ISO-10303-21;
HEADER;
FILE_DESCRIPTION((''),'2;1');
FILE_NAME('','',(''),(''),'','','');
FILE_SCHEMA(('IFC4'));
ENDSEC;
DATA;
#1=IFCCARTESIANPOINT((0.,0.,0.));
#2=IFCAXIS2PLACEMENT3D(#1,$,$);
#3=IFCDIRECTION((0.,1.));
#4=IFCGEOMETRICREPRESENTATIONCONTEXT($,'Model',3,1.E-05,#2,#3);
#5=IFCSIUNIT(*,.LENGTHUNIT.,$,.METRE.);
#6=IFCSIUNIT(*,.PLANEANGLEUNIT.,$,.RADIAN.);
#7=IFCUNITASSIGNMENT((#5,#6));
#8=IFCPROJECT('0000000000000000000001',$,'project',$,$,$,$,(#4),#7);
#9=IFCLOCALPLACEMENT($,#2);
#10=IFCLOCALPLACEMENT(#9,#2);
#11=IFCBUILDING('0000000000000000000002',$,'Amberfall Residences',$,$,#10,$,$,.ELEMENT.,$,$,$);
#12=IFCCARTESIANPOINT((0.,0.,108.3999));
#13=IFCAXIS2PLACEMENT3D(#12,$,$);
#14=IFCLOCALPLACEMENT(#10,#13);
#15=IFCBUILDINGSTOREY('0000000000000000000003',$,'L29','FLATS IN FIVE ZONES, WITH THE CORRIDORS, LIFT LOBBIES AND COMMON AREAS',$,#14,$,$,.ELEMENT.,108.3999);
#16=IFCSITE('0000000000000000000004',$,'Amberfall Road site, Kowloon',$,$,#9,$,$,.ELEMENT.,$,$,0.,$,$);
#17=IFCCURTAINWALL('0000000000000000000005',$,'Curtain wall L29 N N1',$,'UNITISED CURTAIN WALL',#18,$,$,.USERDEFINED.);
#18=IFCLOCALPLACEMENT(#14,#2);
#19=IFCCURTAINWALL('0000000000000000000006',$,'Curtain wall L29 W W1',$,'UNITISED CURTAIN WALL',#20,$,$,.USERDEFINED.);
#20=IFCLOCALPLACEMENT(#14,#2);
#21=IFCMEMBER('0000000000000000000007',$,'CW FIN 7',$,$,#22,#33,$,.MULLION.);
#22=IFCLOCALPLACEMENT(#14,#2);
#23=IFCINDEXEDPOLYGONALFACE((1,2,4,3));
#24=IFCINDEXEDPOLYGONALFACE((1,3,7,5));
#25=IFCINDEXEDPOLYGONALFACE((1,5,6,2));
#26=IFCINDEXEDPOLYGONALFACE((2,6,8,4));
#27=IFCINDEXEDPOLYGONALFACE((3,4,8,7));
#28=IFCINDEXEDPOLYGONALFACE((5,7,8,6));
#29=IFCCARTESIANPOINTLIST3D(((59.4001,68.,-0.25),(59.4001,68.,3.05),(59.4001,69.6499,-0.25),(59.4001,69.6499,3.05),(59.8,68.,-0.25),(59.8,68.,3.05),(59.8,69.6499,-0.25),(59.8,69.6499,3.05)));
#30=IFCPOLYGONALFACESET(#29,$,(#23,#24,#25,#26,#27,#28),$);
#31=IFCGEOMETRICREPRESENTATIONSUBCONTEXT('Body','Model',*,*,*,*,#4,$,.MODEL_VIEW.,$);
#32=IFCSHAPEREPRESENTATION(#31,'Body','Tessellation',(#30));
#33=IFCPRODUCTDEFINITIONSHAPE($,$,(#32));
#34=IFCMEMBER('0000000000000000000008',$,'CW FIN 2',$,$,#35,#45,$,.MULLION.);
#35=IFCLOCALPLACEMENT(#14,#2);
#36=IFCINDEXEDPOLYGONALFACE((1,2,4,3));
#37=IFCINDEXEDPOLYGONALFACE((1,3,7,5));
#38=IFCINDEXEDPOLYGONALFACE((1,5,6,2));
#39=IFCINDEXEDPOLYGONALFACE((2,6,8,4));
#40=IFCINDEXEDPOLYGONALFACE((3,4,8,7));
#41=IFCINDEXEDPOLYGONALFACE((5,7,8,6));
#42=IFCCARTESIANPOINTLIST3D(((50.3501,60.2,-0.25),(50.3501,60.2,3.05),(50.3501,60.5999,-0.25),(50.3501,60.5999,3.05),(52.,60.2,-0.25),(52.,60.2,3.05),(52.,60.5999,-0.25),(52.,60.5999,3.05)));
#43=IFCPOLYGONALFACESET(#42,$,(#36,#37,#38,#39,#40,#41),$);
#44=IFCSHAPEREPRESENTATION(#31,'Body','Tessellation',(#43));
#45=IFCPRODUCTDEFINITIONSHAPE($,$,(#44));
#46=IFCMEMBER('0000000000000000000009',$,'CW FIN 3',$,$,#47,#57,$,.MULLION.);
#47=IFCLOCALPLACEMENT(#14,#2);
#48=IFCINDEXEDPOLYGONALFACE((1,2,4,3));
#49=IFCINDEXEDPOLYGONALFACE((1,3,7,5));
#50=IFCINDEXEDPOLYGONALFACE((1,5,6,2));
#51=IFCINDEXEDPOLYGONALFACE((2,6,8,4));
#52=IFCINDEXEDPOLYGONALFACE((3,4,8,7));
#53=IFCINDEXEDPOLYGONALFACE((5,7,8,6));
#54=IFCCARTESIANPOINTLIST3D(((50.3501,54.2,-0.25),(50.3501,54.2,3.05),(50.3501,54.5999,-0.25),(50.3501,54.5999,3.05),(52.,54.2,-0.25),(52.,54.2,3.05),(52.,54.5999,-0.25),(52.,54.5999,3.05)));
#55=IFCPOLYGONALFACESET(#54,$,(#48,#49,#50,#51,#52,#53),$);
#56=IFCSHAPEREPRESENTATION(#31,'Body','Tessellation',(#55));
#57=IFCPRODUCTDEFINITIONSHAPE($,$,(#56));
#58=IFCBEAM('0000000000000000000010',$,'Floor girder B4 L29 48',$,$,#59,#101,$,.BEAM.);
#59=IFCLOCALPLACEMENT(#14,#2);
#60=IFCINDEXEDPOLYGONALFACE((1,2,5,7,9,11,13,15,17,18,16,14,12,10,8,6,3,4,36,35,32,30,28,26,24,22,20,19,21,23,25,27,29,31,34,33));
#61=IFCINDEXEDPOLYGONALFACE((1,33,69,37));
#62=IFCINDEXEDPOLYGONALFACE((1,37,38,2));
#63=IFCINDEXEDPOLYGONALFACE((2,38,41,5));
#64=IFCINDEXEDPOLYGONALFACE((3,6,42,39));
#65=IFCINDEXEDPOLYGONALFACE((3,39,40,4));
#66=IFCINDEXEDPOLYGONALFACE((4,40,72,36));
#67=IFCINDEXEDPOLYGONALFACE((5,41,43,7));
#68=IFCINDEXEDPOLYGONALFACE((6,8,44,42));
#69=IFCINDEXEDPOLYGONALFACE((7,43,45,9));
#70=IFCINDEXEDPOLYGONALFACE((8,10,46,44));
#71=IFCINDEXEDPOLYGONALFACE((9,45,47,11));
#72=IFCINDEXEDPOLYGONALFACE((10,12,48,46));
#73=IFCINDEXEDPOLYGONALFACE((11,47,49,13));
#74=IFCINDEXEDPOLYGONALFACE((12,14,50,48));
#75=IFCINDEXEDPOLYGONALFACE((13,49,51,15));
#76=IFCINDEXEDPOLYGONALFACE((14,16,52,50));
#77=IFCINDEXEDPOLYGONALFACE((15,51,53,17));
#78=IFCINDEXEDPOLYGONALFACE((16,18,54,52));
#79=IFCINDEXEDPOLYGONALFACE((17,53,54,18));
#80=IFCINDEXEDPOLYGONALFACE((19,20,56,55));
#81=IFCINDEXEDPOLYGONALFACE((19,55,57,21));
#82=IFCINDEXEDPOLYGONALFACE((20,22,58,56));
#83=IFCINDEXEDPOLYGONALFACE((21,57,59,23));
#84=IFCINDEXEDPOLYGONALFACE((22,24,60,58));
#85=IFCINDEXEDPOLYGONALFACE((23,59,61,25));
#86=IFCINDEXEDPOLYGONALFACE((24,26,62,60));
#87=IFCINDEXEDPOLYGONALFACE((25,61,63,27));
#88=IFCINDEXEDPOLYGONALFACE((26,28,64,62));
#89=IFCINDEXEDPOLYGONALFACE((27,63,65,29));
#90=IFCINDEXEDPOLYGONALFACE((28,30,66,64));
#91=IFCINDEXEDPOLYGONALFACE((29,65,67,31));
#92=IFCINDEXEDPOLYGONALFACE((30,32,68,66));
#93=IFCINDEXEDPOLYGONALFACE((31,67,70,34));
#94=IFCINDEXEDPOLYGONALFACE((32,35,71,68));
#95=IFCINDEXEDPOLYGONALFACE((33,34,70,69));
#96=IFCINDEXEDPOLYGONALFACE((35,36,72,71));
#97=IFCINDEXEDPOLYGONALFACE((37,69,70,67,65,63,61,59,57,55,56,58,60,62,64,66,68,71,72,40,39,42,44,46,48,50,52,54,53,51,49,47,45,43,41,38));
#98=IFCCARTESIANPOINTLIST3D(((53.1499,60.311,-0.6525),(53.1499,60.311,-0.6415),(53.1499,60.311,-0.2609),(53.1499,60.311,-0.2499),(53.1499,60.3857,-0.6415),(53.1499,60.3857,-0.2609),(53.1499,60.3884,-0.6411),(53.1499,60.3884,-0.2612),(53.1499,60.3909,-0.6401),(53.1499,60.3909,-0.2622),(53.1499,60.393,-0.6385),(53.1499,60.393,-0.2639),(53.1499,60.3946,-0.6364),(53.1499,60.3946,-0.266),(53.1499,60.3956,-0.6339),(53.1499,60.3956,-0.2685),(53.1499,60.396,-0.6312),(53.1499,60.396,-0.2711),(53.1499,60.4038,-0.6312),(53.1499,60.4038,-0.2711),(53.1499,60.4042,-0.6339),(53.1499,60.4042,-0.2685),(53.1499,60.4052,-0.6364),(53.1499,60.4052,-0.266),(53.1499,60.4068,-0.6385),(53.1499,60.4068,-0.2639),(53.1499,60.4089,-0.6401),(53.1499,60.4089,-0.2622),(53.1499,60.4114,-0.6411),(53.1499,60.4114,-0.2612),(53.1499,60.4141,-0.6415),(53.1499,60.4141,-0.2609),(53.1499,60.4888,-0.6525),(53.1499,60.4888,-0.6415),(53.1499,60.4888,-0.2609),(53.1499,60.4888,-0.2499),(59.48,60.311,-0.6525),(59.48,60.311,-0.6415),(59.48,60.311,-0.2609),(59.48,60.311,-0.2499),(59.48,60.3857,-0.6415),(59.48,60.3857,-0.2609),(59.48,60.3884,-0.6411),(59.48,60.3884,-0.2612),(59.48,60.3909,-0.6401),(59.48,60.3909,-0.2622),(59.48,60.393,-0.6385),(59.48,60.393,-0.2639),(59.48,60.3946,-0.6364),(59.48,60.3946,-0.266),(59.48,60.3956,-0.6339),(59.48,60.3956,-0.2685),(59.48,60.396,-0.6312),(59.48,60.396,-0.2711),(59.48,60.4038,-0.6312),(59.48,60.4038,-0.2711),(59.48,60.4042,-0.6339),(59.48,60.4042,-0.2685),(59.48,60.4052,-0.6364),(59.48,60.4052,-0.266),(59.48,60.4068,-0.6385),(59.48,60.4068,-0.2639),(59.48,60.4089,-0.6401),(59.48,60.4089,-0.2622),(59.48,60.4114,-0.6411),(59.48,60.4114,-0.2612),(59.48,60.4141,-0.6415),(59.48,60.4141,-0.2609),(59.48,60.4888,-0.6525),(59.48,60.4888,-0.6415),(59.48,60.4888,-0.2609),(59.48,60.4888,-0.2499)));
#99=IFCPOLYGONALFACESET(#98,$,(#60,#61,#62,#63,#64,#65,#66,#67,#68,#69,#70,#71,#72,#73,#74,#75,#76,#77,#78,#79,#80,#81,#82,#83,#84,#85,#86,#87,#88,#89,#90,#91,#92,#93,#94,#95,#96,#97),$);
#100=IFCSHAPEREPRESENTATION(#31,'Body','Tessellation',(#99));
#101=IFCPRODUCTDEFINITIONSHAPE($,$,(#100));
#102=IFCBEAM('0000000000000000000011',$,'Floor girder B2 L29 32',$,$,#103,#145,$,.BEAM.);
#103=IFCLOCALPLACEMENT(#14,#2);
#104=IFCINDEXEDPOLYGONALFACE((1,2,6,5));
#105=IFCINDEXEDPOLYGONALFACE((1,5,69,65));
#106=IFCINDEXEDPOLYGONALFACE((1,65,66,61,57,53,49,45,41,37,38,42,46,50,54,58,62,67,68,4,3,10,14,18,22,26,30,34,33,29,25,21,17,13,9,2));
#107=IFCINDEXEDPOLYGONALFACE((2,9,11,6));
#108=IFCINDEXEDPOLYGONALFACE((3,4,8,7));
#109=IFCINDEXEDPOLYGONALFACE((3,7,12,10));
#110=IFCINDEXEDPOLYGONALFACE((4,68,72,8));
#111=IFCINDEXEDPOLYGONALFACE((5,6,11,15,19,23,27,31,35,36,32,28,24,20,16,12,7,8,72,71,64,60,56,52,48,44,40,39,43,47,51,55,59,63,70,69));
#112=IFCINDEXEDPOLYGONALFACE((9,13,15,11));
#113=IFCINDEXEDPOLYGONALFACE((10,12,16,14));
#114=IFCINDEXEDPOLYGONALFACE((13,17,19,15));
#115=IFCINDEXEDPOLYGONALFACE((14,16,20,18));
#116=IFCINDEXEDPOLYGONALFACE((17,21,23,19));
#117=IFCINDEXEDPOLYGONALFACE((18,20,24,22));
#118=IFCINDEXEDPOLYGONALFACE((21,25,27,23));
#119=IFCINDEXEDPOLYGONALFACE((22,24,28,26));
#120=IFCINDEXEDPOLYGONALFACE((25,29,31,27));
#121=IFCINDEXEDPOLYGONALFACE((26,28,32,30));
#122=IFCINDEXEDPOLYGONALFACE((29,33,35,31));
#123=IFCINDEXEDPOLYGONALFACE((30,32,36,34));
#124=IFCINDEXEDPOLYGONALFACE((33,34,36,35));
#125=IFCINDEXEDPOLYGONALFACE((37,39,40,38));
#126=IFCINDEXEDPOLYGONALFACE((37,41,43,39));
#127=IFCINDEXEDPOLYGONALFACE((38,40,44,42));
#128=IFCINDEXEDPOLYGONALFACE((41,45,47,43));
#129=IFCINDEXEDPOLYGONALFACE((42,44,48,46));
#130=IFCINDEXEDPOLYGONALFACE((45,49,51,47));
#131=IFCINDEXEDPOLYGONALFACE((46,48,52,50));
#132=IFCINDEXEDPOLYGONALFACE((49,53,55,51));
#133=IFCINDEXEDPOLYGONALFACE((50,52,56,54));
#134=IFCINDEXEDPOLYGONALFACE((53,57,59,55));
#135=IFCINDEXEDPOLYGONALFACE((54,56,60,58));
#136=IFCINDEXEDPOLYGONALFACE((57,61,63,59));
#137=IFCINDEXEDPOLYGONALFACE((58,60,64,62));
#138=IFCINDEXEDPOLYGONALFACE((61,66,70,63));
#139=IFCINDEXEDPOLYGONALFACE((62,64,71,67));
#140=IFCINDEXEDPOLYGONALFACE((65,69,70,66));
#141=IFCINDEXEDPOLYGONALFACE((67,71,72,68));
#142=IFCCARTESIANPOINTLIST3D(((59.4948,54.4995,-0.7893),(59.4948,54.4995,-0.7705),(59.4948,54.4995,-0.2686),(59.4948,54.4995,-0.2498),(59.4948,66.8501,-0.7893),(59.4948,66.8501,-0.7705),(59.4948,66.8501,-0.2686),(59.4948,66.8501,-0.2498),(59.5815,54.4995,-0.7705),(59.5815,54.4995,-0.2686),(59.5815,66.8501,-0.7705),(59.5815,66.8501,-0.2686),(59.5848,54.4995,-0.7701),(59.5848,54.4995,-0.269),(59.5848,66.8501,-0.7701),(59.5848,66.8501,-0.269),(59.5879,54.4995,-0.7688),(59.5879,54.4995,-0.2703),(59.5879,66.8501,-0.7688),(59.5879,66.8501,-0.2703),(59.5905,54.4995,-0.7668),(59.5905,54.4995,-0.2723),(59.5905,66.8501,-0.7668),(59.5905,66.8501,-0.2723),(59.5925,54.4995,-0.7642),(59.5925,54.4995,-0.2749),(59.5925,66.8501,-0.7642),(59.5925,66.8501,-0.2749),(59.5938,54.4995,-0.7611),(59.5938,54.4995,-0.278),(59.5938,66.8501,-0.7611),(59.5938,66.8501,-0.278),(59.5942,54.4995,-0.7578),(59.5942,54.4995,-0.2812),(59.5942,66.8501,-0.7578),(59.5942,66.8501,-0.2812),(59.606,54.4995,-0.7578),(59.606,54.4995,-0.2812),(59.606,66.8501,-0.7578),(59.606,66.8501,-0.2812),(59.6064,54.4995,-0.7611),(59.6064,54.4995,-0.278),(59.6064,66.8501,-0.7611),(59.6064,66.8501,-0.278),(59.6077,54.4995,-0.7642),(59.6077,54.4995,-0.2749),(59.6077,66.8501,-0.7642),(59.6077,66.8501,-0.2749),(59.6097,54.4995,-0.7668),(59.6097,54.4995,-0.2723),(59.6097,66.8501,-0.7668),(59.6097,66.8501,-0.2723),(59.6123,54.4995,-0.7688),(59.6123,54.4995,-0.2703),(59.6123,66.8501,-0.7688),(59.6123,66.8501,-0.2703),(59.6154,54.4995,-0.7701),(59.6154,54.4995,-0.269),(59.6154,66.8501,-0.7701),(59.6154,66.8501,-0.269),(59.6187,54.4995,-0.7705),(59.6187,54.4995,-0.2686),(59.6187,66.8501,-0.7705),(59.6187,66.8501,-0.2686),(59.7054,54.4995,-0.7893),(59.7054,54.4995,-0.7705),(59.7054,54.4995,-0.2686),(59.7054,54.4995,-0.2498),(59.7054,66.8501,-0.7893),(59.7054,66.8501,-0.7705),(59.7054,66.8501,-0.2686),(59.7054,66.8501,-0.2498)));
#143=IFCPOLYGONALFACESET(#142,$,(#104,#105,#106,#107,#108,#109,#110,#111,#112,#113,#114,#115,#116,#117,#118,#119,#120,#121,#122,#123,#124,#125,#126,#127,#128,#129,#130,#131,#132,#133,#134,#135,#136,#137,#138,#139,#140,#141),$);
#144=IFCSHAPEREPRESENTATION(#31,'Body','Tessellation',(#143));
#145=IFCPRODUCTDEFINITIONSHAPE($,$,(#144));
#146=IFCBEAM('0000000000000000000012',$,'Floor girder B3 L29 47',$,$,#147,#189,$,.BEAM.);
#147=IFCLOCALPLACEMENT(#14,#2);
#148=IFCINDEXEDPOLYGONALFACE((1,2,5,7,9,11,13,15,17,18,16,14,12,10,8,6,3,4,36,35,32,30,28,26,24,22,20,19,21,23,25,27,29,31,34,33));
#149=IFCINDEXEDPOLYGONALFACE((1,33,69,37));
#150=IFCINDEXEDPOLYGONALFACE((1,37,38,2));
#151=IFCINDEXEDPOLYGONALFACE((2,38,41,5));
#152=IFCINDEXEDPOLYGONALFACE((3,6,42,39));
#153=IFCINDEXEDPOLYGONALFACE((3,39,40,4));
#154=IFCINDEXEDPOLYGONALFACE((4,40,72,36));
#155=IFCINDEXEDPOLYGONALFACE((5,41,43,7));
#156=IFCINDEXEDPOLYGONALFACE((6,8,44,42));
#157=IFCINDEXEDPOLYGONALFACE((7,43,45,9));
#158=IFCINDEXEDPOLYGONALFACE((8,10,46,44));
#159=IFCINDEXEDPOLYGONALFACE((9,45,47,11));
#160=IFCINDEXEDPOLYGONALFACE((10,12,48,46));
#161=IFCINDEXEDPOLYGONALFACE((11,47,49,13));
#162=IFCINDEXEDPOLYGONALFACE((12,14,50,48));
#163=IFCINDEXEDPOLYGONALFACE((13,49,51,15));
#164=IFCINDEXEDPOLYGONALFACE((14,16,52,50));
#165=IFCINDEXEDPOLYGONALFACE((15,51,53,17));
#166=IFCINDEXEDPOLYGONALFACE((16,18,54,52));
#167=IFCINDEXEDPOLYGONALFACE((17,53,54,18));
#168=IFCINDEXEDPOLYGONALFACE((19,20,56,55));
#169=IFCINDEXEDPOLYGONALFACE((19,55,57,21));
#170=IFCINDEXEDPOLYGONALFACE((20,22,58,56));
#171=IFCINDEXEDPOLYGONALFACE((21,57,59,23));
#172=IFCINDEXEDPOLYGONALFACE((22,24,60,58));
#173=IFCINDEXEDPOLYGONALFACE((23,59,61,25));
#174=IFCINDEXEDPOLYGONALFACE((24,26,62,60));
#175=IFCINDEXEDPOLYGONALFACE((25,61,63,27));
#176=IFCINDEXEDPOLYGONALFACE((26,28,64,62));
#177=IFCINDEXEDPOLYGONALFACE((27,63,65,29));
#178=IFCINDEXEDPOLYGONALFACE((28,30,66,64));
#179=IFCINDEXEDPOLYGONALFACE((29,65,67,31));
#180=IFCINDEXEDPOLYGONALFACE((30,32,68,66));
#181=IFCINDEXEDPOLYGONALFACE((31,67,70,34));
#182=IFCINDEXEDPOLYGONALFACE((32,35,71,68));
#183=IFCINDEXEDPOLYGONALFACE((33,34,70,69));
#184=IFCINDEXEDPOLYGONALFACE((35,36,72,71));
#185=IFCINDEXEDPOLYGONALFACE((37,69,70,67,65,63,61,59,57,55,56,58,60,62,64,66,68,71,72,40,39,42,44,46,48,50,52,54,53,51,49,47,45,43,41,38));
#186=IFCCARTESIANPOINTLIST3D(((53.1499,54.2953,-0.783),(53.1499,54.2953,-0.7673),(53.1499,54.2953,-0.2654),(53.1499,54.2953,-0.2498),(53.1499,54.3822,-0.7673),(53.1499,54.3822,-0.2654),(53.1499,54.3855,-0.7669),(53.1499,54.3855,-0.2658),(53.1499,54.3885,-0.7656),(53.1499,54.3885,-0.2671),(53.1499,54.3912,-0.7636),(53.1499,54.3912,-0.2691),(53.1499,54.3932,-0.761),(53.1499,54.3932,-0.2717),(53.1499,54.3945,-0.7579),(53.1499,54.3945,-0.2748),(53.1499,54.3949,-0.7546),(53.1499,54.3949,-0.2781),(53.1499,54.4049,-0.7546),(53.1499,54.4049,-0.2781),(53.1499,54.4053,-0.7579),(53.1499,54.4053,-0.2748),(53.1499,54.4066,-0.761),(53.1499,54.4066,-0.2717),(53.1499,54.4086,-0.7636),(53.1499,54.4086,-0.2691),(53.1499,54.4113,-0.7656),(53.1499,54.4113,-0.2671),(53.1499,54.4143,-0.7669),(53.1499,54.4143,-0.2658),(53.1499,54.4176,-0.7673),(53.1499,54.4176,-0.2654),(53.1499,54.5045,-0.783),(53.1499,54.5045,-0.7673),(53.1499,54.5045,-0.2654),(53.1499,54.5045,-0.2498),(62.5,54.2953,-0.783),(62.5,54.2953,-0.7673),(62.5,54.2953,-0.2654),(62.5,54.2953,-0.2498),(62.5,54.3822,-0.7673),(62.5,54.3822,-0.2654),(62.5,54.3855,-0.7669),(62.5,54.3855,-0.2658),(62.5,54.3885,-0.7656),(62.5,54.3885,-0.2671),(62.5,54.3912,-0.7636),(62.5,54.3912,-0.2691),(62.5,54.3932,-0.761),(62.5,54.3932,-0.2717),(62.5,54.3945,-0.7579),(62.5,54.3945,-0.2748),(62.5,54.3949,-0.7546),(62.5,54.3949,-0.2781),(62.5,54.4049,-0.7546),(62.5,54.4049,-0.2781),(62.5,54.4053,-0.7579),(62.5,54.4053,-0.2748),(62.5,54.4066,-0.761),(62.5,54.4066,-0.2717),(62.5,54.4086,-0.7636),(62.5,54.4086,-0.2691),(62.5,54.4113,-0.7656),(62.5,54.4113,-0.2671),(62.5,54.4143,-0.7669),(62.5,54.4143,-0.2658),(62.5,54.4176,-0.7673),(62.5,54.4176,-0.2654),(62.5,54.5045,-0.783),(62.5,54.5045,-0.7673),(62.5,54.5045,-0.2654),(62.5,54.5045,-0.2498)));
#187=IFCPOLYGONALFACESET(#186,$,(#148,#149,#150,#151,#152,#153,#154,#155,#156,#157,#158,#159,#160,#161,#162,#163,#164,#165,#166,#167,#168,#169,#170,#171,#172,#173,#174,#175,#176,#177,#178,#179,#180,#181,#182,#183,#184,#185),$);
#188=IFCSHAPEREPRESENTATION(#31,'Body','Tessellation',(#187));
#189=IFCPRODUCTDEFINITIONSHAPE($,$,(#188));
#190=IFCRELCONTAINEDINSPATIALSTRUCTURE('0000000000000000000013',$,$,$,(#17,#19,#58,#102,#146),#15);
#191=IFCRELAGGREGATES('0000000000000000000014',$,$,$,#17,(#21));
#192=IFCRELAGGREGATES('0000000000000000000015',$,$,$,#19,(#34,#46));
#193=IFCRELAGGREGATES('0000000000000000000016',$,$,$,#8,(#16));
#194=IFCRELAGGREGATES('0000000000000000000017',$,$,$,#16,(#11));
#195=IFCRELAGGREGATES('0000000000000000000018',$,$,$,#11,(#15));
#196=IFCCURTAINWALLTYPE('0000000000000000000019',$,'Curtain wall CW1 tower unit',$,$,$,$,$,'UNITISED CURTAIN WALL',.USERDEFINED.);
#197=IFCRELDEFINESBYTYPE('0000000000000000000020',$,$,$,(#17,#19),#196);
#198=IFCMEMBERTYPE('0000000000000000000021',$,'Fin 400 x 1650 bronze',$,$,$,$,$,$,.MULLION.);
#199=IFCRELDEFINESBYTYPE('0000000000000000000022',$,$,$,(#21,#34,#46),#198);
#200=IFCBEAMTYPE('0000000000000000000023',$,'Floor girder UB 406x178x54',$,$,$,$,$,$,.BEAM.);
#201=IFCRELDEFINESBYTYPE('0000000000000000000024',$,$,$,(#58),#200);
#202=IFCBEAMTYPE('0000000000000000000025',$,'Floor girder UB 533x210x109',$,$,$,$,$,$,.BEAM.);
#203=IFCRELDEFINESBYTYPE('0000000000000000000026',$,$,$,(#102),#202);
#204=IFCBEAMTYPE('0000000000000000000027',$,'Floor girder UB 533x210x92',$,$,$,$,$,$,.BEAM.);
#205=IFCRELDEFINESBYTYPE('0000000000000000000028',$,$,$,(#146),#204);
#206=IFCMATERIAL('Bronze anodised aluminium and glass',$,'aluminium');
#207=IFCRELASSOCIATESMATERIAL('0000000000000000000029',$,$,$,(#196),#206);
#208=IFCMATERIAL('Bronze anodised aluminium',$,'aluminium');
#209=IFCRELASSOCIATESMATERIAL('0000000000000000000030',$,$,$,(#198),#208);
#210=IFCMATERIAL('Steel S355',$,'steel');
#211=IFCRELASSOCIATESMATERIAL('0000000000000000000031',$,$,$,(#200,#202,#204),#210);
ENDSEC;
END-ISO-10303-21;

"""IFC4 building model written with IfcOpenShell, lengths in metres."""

from ifc_helpers import new_model, si_unit, direction, frame, origin, origin_2d, place, context, subcontext, project, spatial, rectangle, i_section, extrude, material, material_profile, profile_set, type_object, element, aggregate, save


model = new_model("IFC4")

# Units and contexts
model_context = context("Model", 3, precision=1e-05, world=origin(), true_north=direction((0.0, 1.0)))
body_context = subcontext(model_context, "Body", "Model", "MODEL_VIEW")
ifc_project = project(units=[si_unit("LENGTHUNIT", "METRE"), si_unit("PLANEANGLEUNIT", "RADIAN")], contexts=[model_context])

# Site, building, storey
site_placement = place(None, origin())
site = spatial("IfcSite", under=ifc_project, at=site_placement, Name="Amberfall Road site, Kowloon", CompositionType="ELEMENT", RefElevation=0.0)
building_placement = place(site_placement, origin())
building = spatial("IfcBuilding", under=site, at=building_placement, Name="Amberfall Residences", CompositionType="ELEMENT")
storey_placement = place(building_placement, frame((0.0, 0.0, 108.3999)))
storey = spatial("IfcBuildingStorey", under=building, at=storey_placement, Name="L29", Description="FLATS IN FIVE ZONES, WITH THE CORRIDORS, LIFT LOBBIES AND COMMON AREAS", CompositionType="ELEMENT", Elevation=108.3999)

# Curtain wall
ifc_material_1 = material(Name="Bronze anodised aluminium and glass", Category="aluminium")
curtain_wall_type = type_object("IfcCurtainWallType", Name="Curtain wall CW1 tower unit", ElementType="UNITISED CURTAIN WALL", PredefinedType="USERDEFINED", material=ifc_material_1)
curtain_wall_1_placement = place(storey_placement, origin())
curtain_wall_1 = element("IfcCurtainWall", 1, at=curtain_wall_1_placement, inside=storey, type_object=curtain_wall_type, Name="Curtain wall L29 N N1", ObjectType="UNITISED CURTAIN WALL", PredefinedType="USERDEFINED")
ifc_material_2 = material(Name="Bronze anodised aluminium", Category="aluminium")

# Curtain wall
curtain_wall_2_placement = place(storey_placement, origin())
curtain_wall_2 = element("IfcCurtainWall", 2, at=curtain_wall_2_placement, inside=storey, type_object=curtain_wall_type, Name="Curtain wall L29 W W1", ObjectType="UNITISED CURTAIN WALL", PredefinedType="USERDEFINED")

# Shared definitions
ifc_material_3 = material(Name="Steel S355", Category="steel")

# Members
ifc_material_profile_1 = material_profile(ifc_material_2, rectangle(XDim=1.6499, YDim=0.3999, at=origin_2d()), Name="Fin 400 x 1650 bronze")
ifc_profile_set_1 = profile_set([ifc_material_profile_1], Name="Bronze anodised aluminium")
member_type_1 = type_object("IfcMemberType", Name="Fin 400 x 1650 bronze", PredefinedType="MULLION", material=ifc_profile_set_1)
member_1_placement = place(storey_placement, frame((59.6001, 68.825, -0.25), z_axis=(0.0, 0.0, 1.0), x_axis=(0.0, -1.0, 0.0)))
member_1 = element("IfcMember", 3, at=member_1_placement, type_object=member_type_1, Name="CW FIN 7", PredefinedType="MULLION", context=body_context, shape_type="SweptSolid", body=[
    extrude(rectangle(XDim=1.6499, YDim=0.3999, at=origin_2d()), origin(), (0.0, 0.0, 1.0), 3.3),
])
member_2_placement = place(storey_placement, frame((51.175, 60.3999, -0.25), z_axis=(0.0, 0.0, 1.0), x_axis=(1.0, 0.0, 0.0)))
member_2 = element("IfcMember", 4, at=member_2_placement, type_object=member_type_1, Name="CW FIN 2", PredefinedType="MULLION", context=body_context, shape_type="SweptSolid", body=[
    extrude(rectangle(XDim=1.6499, YDim=0.3999, at=origin_2d()), origin(), (0.0, 0.0, 1.0), 3.3),
])
member_3_placement = place(storey_placement, frame((51.175, 54.3999, -0.25), z_axis=(0.0, 0.0, 1.0), x_axis=(1.0, 0.0, 0.0)))
member_3 = element("IfcMember", 5, at=member_3_placement, type_object=member_type_1, Name="CW FIN 3", PredefinedType="MULLION", context=body_context, shape_type="SweptSolid", body=[
    extrude(rectangle(XDim=1.6499, YDim=0.3999, at=origin_2d()), origin(), (0.0, 0.0, 1.0), 3.3),
])

# Beams
ifc_material_profile_2 = material_profile(ifc_material_3, i_section(OverallWidth=0.1777, OverallDepth=0.4026, WebThickness=0.0078, FlangeThickness=0.011, FilletRadius=0.0103, at=origin_2d()), Name="UB 406x178x54")
ifc_profile_set_2 = profile_set([ifc_material_profile_2], Name="Steel S355")
beam_type_1 = type_object("IfcBeamType", Name="Floor girder UB 406x178x54", PredefinedType="BEAM", material=ifc_profile_set_2)
beam_1_placement = place(storey_placement, frame((53.1499, 60.3999, -0.4512), z_axis=(1.0, 0.0, 0.0), x_axis=(0.0, 1.0, 0.0)))
element("IfcBeam", 6, at=beam_1_placement, inside=storey, type_object=beam_type_1, Name="Floor girder B4 L29 48", PredefinedType="BEAM", context=body_context, shape_type="SweptSolid", body=[
    extrude(i_section(OverallWidth=0.1777, OverallDepth=0.4026, WebThickness=0.0078, FlangeThickness=0.011, FilletRadius=0.0103, at=origin_2d()), origin(), (0.0, 0.0, 1.0), 6.3301),
])
ifc_material_profile_3 = material_profile(ifc_material_3, i_section(OverallWidth=0.2107, OverallDepth=0.5396, WebThickness=0.0117, FlangeThickness=0.0188, FilletRadius=0.0127, at=origin_2d()), Name="UB 533x210x109")
ifc_profile_set_3 = profile_set([ifc_material_profile_3], Name="Steel S355")
beam_type_2 = type_object("IfcBeamType", Name="Floor girder UB 533x210x109", PredefinedType="BEAM", material=ifc_profile_set_3)
beam_2_placement = place(storey_placement, frame((59.6001, 66.8501, -0.5195), z_axis=(0.0, -1.0, 0.0), x_axis=(1.0, 0.0, 0.0)))
element("IfcBeam", 7, at=beam_2_placement, inside=storey, type_object=beam_type_2, Name="Floor girder B2 L29 32", PredefinedType="BEAM", context=body_context, shape_type="SweptSolid", body=[
    extrude(i_section(OverallWidth=0.2107, OverallDepth=0.5396, WebThickness=0.0117, FlangeThickness=0.0188, FilletRadius=0.0127, at=origin_2d()), origin(), (0.0, 0.0, 1.0), 12.3506),
])
ifc_material_profile_4 = material_profile(ifc_material_3, i_section(OverallWidth=0.2092, OverallDepth=0.5332, WebThickness=0.01, FlangeThickness=0.0156, FilletRadius=0.0127, at=origin_2d()), Name="UB 533x210x92")
ifc_profile_set_4 = profile_set([ifc_material_profile_4], Name="Steel S355")
beam_type_3 = type_object("IfcBeamType", Name="Floor girder UB 533x210x92", PredefinedType="BEAM", material=ifc_profile_set_4)
beam_3_placement = place(storey_placement, frame((53.1499, 54.3999, -0.5164), z_axis=(1.0, 0.0, 0.0), x_axis=(0.0, 1.0, 0.0)))
element("IfcBeam", 8, at=beam_3_placement, inside=storey, type_object=beam_type_3, Name="Floor girder B3 L29 47", PredefinedType="BEAM", context=body_context, shape_type="SweptSolid", body=[
    extrude(i_section(OverallWidth=0.2092, OverallDepth=0.5332, WebThickness=0.01, FlangeThickness=0.0156, FilletRadius=0.0127, at=origin_2d()), origin(), (0.0, 0.0, 1.0), 9.3501),
])

aggregate(curtain_wall_1, [member_1])
aggregate(curtain_wall_2, [member_2, member_3])

save(model, "model.ifc")
